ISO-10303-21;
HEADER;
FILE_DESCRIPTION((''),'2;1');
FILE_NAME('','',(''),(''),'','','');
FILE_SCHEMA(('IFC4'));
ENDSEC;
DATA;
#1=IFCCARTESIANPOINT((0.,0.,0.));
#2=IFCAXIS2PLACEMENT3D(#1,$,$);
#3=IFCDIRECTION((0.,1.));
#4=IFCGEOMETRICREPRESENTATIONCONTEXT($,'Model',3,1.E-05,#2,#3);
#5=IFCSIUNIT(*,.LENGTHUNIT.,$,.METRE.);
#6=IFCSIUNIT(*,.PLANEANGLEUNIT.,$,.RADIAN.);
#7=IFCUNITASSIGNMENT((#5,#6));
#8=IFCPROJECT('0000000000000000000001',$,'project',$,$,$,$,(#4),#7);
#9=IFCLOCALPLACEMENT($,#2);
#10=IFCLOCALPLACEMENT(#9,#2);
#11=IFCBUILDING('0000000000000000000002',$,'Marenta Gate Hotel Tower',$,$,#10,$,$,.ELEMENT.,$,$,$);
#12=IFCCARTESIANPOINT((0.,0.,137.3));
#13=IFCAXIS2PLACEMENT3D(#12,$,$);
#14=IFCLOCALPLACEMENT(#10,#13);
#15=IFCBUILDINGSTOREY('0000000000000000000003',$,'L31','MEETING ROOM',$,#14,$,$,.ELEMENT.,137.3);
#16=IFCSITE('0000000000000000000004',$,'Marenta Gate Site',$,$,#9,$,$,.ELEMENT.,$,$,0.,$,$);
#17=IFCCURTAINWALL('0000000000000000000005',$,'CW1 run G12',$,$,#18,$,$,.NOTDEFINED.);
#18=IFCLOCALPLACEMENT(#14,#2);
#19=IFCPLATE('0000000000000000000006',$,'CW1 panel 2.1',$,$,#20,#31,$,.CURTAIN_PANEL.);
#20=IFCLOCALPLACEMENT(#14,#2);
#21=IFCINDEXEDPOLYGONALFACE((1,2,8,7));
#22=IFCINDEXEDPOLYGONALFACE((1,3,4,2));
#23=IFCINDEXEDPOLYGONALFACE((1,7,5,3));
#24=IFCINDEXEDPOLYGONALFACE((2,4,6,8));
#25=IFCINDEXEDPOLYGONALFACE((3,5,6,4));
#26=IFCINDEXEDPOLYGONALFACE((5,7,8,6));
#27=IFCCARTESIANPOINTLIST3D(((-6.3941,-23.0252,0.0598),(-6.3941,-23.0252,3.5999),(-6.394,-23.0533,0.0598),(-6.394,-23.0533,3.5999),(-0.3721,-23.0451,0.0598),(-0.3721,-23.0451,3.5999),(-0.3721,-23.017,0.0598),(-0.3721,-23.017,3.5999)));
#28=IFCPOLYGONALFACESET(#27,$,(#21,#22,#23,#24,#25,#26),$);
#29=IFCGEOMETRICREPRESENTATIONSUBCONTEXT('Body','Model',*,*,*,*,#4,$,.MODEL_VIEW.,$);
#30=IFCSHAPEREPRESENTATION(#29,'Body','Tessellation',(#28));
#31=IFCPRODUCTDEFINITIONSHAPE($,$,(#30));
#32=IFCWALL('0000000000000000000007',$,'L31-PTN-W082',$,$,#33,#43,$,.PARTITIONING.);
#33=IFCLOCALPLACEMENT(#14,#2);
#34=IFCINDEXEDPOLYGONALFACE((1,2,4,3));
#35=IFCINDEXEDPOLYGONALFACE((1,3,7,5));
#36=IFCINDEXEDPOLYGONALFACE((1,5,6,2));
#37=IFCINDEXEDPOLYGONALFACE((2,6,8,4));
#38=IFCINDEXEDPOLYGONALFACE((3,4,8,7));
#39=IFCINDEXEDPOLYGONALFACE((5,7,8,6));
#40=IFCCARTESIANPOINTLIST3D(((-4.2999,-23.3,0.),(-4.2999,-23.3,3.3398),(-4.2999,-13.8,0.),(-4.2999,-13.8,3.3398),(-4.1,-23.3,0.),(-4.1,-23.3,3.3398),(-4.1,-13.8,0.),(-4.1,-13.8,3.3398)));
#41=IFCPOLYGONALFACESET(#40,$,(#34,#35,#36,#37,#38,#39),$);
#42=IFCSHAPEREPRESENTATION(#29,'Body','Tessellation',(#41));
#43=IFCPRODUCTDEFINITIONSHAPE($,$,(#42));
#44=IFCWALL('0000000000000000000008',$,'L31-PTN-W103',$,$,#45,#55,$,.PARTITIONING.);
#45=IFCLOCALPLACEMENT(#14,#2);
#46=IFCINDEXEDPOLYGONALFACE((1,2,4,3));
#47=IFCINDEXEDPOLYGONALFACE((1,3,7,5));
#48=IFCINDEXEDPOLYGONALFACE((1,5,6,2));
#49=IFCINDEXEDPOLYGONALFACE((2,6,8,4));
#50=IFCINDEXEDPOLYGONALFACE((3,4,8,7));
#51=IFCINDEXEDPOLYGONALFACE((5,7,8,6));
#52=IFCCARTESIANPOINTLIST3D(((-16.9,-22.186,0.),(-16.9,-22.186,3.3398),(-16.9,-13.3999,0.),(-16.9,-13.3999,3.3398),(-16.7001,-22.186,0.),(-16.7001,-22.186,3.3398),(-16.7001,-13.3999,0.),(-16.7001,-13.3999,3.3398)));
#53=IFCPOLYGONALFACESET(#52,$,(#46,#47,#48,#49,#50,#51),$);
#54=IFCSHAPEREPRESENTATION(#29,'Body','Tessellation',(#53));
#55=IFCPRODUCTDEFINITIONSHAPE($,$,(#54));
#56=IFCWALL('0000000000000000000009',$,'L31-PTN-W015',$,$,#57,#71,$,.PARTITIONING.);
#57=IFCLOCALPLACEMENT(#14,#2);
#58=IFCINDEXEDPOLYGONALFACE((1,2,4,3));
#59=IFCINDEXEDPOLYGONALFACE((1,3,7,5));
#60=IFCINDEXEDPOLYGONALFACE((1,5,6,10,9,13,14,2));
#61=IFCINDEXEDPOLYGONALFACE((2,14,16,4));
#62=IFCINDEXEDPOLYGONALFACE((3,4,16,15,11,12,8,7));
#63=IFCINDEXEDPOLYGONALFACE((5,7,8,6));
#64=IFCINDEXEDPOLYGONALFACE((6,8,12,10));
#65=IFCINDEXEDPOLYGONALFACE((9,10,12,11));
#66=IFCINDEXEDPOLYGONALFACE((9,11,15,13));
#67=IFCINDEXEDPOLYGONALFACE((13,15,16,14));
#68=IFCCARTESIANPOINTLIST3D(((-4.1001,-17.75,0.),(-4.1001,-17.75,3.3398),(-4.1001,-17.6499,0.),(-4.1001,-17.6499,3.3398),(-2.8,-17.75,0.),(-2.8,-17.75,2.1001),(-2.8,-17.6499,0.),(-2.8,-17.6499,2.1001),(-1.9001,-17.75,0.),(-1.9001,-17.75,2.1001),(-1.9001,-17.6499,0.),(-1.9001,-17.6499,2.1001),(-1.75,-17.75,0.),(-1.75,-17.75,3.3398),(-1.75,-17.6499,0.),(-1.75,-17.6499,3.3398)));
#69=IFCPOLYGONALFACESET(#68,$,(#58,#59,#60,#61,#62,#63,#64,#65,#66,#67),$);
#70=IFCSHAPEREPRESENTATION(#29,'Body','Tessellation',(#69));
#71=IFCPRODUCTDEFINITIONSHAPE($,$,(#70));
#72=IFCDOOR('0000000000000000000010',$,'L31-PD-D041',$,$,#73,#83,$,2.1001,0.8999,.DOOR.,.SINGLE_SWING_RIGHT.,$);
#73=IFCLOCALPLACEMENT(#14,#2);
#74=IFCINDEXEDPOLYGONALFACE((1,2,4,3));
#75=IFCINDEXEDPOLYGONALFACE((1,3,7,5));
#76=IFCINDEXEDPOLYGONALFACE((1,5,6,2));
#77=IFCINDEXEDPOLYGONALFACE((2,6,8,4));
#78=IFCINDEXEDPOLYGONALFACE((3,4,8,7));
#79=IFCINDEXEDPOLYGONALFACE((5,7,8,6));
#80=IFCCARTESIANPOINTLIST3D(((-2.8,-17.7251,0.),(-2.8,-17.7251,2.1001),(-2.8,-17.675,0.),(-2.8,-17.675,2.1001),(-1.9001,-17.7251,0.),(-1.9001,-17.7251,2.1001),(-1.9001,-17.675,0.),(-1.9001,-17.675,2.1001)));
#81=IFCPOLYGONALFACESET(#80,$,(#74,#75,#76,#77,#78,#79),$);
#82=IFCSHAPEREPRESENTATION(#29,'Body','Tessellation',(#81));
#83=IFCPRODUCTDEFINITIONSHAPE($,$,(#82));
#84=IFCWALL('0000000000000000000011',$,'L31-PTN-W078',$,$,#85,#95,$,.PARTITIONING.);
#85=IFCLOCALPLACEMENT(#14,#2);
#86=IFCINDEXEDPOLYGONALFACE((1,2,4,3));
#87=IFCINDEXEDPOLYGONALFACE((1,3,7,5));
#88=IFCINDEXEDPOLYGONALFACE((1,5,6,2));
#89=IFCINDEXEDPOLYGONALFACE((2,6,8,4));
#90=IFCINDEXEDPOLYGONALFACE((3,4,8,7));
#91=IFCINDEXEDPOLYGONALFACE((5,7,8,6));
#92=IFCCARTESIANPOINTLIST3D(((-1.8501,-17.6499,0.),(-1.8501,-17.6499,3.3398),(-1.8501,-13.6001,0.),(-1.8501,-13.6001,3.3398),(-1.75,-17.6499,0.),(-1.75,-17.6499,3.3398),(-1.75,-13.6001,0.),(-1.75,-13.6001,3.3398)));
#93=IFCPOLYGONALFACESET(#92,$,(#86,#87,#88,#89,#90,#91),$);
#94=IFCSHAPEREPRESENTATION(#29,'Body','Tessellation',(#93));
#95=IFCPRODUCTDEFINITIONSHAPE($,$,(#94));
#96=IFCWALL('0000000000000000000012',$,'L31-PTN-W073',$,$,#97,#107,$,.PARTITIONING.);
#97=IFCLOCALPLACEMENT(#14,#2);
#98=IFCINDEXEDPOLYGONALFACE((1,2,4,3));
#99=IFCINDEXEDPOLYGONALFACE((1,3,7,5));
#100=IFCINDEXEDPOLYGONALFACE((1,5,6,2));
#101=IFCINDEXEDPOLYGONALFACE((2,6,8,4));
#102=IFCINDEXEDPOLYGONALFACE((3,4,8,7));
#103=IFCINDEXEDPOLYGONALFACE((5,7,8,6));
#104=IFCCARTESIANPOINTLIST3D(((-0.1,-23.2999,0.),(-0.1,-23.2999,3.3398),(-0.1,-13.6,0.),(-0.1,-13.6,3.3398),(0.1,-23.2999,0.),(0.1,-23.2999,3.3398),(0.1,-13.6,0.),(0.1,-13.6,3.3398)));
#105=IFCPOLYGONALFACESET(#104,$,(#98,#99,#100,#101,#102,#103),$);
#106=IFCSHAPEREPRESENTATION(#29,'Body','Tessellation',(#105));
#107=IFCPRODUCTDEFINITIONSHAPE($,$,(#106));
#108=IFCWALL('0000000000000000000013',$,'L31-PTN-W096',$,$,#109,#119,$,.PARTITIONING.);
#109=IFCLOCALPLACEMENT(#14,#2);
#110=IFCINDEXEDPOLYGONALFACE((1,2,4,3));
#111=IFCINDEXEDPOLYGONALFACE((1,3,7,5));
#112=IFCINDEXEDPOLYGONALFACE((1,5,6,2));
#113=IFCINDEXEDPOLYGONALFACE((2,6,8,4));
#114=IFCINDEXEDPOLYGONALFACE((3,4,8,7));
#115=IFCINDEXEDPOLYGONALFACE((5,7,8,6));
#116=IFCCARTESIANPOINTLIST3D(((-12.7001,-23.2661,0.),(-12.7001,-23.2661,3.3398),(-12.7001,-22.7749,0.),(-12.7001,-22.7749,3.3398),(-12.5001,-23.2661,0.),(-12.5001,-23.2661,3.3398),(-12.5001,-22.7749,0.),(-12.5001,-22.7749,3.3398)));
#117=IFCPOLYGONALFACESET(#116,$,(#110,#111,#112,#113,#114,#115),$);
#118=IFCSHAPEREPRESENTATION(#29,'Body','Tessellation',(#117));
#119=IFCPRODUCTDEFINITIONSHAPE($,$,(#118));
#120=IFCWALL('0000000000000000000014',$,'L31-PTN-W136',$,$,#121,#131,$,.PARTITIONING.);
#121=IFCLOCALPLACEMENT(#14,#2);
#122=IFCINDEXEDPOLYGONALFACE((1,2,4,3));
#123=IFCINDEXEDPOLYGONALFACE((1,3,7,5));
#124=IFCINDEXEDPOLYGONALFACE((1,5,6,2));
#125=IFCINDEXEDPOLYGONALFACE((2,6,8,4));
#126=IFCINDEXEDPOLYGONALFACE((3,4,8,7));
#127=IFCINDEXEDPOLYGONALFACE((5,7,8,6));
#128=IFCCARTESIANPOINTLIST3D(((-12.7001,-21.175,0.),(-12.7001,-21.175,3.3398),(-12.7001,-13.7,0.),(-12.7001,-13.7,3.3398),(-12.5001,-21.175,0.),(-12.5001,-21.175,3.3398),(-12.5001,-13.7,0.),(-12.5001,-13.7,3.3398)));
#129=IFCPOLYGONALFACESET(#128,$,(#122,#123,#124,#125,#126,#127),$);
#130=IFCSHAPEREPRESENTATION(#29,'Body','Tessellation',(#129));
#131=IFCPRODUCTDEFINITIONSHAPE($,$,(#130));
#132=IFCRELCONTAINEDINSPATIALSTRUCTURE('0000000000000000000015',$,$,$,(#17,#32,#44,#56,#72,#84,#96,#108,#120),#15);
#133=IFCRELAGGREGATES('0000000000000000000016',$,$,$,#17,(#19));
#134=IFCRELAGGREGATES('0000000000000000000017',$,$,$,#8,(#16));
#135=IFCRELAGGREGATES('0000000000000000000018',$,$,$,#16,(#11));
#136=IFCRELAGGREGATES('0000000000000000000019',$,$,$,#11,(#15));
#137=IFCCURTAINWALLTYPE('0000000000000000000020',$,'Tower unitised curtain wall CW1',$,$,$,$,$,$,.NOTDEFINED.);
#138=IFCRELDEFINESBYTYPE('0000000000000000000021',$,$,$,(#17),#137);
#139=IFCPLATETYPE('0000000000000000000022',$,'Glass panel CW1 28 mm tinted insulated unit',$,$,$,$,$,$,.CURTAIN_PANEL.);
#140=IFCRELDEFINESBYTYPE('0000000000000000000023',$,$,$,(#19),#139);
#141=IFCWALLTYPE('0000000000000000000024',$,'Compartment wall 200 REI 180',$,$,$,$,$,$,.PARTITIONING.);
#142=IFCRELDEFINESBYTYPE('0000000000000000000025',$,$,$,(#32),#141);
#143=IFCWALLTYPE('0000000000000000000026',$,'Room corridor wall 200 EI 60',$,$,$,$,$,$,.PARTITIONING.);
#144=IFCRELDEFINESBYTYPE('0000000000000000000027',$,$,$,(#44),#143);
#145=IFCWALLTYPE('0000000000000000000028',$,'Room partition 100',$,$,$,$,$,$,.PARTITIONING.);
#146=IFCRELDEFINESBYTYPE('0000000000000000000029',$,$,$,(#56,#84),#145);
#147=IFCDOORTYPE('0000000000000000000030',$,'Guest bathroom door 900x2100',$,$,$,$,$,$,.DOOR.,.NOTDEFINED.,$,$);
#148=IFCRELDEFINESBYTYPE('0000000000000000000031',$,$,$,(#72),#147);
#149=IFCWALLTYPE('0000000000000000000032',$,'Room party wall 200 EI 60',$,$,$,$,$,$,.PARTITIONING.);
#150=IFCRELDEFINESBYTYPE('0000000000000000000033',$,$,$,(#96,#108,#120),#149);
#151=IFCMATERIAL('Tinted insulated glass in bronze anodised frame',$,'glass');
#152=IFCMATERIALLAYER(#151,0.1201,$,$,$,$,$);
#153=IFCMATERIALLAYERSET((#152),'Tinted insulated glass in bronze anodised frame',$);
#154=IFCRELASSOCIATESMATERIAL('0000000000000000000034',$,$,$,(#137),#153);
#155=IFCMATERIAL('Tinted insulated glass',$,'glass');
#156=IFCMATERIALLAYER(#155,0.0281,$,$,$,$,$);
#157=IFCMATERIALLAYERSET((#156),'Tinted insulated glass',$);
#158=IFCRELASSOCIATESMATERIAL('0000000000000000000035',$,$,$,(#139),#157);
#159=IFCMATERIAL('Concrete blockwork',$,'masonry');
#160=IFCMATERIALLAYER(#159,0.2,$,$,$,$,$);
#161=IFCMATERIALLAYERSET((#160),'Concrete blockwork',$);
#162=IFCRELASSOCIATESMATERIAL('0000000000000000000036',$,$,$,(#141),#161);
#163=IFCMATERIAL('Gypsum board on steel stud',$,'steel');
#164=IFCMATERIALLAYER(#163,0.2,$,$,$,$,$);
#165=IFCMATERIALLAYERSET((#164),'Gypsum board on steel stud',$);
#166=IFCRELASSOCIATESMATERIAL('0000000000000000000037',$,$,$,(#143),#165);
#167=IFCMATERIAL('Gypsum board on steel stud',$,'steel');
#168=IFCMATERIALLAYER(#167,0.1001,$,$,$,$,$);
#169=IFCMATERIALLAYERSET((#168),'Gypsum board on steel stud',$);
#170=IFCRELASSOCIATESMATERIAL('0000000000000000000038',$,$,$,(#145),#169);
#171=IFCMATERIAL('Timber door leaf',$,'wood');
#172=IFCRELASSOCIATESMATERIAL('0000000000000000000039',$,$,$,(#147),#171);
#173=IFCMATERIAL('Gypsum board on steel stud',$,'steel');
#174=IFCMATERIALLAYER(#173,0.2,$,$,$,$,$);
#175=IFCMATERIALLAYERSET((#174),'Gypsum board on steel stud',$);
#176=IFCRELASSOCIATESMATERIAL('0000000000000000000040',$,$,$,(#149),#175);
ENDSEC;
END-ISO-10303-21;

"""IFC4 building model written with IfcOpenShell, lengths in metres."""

from ifc_helpers import new_model, si_unit, direction, frame, frame_2d, origin, origin_2d, place, context, subcontext, project, spatial, rectangle, extrude, material, layer, layer_set, type_object, element, fill, aggregate, save


model = new_model("IFC4")

# Units and contexts
model_context = context("Model", 3, precision=1e-05, world=origin(), true_north=direction((0.0, 1.0)))
body_context = subcontext(model_context, "Body", "Model", "MODEL_VIEW")
ifc_project = project(units=[si_unit("LENGTHUNIT", "METRE"), si_unit("PLANEANGLEUNIT", "RADIAN")], contexts=[model_context])

# Site, building, storey
site_placement = place(None, origin())
site = spatial("IfcSite", under=ifc_project, at=site_placement, Name="Marenta Gate Site", CompositionType="ELEMENT", RefElevation=0.0)
building_placement = place(site_placement, origin())
building = spatial("IfcBuilding", under=site, at=building_placement, Name="Marenta Gate Hotel Tower", CompositionType="ELEMENT")
storey_placement = place(building_placement, frame((0.0, 0.0, 137.3)))
storey = spatial("IfcBuildingStorey", under=building, at=storey_placement, Name="L31", Description="MEETING ROOM", CompositionType="ELEMENT", Elevation=137.3)

# Shared definitions
ifc_material_1 = material(Name="Tinted insulated glass in bronze anodised frame", Category="glass")
ifc_layer_1 = layer(ifc_material_1, 0.1201)
ifc_layer_set_1 = layer_set([ifc_layer_1], Name="Tinted insulated glass in bronze anodised frame")
curtain_wall_type = type_object("IfcCurtainWallType", Name="Tower unitised curtain wall CW1", PredefinedType="NOTDEFINED", material=ifc_layer_set_1)

# Curtain wall
curtain_wall_1_placement = place(storey_placement, origin())
curtain_wall_1 = element("IfcCurtainWall", 1, at=curtain_wall_1_placement, inside=storey, type_object=curtain_wall_type, Name="CW1 run G12", PredefinedType="NOTDEFINED")

# Shared definitions
ifc_material_2 = material(Name="Tinted insulated glass", Category="glass")
ifc_layer_2 = layer(ifc_material_2, 0.0281)
ifc_layer_set_2 = layer_set([ifc_layer_2], Name="Tinted insulated glass")
plate_type = type_object("IfcPlateType", Name="Glass panel CW1 28 mm tinted insulated unit", PredefinedType="CURTAIN_PANEL", material=ifc_layer_set_2)

# Plate
plate_1_placement = place(storey_placement, frame((-3.3831, -23.0352, 0.0598), z_axis=(0.0, 0.0, 1.0), x_axis=(0.999999, 0.001365, 0.0)))
plate_1 = element("IfcPlate", 2, at=plate_1_placement, type_object=plate_type, Name="CW1 panel 2.1", PredefinedType="CURTAIN_PANEL", context=body_context, shape_type="SweptSolid", body=[
    extrude(rectangle(XDim=6.022, YDim=0.0281, at=origin_2d()), origin(), (0.0, 0.0, 1.0), 3.54),
])
aggregate(curtain_wall_1, [plate_1])

# Walls
ifc_material_3 = material(Name="Concrete blockwork", Category="masonry")
ifc_layer_3 = layer(ifc_material_3, 0.2)
ifc_layer_set_3 = layer_set([ifc_layer_3], Name="Concrete blockwork")
wall_type_1 = type_object("IfcWallType", Name="Compartment wall 200 REI 180", PredefinedType="PARTITIONING", material=ifc_layer_set_3)
wall_1_placement = place(storey_placement, frame((-4.2, -23.3, 0.0), z_axis=(0.0, 0.0, 1.0), x_axis=(0.0, 1.0, 0.0)))
element("IfcWall", 3, at=wall_1_placement, inside=storey, type_object=wall_type_1, Name="L31-PTN-W082", PredefinedType="PARTITIONING", context=body_context, shape_type="SweptSolid", body=[
    extrude(rectangle(XDim=9.5, YDim=0.2, at=frame_2d((4.75, 0.0))), origin(), (0.0, 0.0, 1.0), 3.3398),
])
ifc_material_4 = material(Name="Gypsum board on steel stud", Category="steel")
ifc_layer_4 = layer(ifc_material_4, 0.2)
ifc_layer_set_4 = layer_set([ifc_layer_4], Name="Gypsum board on steel stud")
wall_type_2 = type_object("IfcWallType", Name="Room corridor wall 200 EI 60", PredefinedType="PARTITIONING", material=ifc_layer_set_4)
wall_2_placement = place(storey_placement, frame((-16.8, -22.186, 0.0), z_axis=(0.0, 0.0, 1.0), x_axis=(0.0, 1.0, 0.0)))
element("IfcWall", 4, at=wall_2_placement, inside=storey, type_object=wall_type_2, Name="L31-PTN-W103", PredefinedType="PARTITIONING", context=body_context, shape_type="SweptSolid", body=[
    extrude(rectangle(XDim=8.7861, YDim=0.2, at=frame_2d((4.3931, 0.0))), origin(), (0.0, 0.0, 1.0), 3.3398),
])

# Wall, opening, door
ifc_material_5 = material(Name="Gypsum board on steel stud", Category="steel")
ifc_layer_5 = layer(ifc_material_5, 0.1001)
ifc_layer_set_5 = layer_set([ifc_layer_5], Name="Gypsum board on steel stud")
wall_type_3 = type_object("IfcWallType", Name="Room partition 100", PredefinedType="PARTITIONING", material=ifc_layer_set_5)
wall_3_placement = place(storey_placement, frame((-4.1001, -17.7, 0.0), z_axis=(0.0, 0.0, 1.0), x_axis=(1.0, 0.0, 0.0)))
wall_3 = element("IfcWall", 5, at=wall_3_placement, inside=storey, type_object=wall_type_3, Name="L31-PTN-W015", PredefinedType="PARTITIONING", context=body_context, shape_type="SweptSolid", body=[
    extrude(rectangle(XDim=2.3501, YDim=0.1001, at=frame_2d((1.175, 0.0))), origin(), (0.0, 0.0, 1.0), 3.3398),
])
opening_placement = place(wall_3_placement, frame((1.3, 0.0, 0.0)))
opening = element("IfcOpeningElement", 6, at=opening_placement, cuts=wall_3, PredefinedType="OPENING", context=body_context, shape_type="SweptSolid", body=[
    extrude(rectangle(XDim=0.8999, YDim=2.1001, at=frame_2d((0.45, 1.05))), frame((0.0, 0.05, 0.0), z_axis=(0.0, -1.0, 0.0), x_axis=(1.0, 0.0, 0.0)), (0.0, 0.0, 1.0), 0.1001),
])
ifc_material_6 = material(Name="Timber door leaf", Category="wood")
door_type = type_object("IfcDoorType", Name="Guest bathroom door 900x2100", OperationType="NOTDEFINED", PredefinedType="DOOR", material=ifc_material_6)
door_placement = place(opening_placement, origin())
door = element("IfcDoor", 7, at=door_placement, inside=storey, type_object=door_type, Name="L31-PD-D041", OperationType="SINGLE_SWING_RIGHT", OverallHeight=2.1001, OverallWidth=0.8999, PredefinedType="DOOR", context=body_context, shape_type="SweptSolid", body=[
    extrude(rectangle(XDim=0.8999, YDim=2.1001, at=frame_2d((0.45, 1.05))), frame((0.0, 0.0249, 0.0), z_axis=(0.0, -1.0, 0.0), x_axis=(1.0, 0.0, 0.0)), (0.0, 0.0, 1.0), 0.05),
])
fill(opening, door)

# Walls
wall_4_placement = place(storey_placement, frame((-1.8, -17.6499, 0.0), z_axis=(0.0, 0.0, 1.0), x_axis=(0.0, 1.0, 0.0)))
element("IfcWall", 8, at=wall_4_placement, inside=storey, type_object=wall_type_3, Name="L31-PTN-W078", PredefinedType="PARTITIONING", context=body_context, shape_type="SweptSolid", body=[
    extrude(rectangle(XDim=4.0498, YDim=0.1001, at=frame_2d((2.0249, 0.0))), origin(), (0.0, 0.0, 1.0), 3.3398),
])
ifc_material_7 = material(Name="Gypsum board on steel stud", Category="steel")
ifc_layer_6 = layer(ifc_material_7, 0.2)
ifc_layer_set_6 = layer_set([ifc_layer_6], Name="Gypsum board on steel stud")
wall_type_4 = type_object("IfcWallType", Name="Room party wall 200 EI 60", PredefinedType="PARTITIONING", material=ifc_layer_set_6)
wall_5_placement = place(storey_placement, frame((0.0, -23.3, 0.0), z_axis=(0.0, 0.0, 1.0), x_axis=(0.0, 1.0, 0.0)))
element("IfcWall", 9, at=wall_5_placement, inside=storey, type_object=wall_type_4, Name="L31-PTN-W073", PredefinedType="PARTITIONING", context=body_context, shape_type="SweptSolid", body=[
    extrude(rectangle(XDim=9.7, YDim=0.2, at=frame_2d((4.8501, 0.0))), origin(), (0.0, 0.0, 1.0), 3.3398),
])
wall_6_placement = place(storey_placement, frame((-12.6001, -23.2661, 0.0), z_axis=(0.0, 0.0, 1.0), x_axis=(0.0, 1.0, 0.0)))
element("IfcWall", 10, at=wall_6_placement, inside=storey, type_object=wall_type_4, Name="L31-PTN-W096", PredefinedType="PARTITIONING", context=body_context, shape_type="SweptSolid", body=[
    extrude(rectangle(XDim=0.4912, YDim=0.2, at=frame_2d((0.2456, 0.0))), origin(), (0.0, 0.0, 1.0), 3.3398),
])
wall_7_placement = place(storey_placement, frame((-12.6001, -21.175, 0.0), z_axis=(0.0, 0.0, 1.0), x_axis=(0.0, 1.0, 0.0)))
element("IfcWall", 11, at=wall_7_placement, inside=storey, type_object=wall_type_4, Name="L31-PTN-W136", PredefinedType="PARTITIONING", context=body_context, shape_type="SweptSolid", body=[
    extrude(rectangle(XDim=7.4751, YDim=0.2, at=frame_2d((3.7375, 0.0))), origin(), (0.0, 0.0, 1.0), 3.3398),
])

save(model, "model.ifc")
